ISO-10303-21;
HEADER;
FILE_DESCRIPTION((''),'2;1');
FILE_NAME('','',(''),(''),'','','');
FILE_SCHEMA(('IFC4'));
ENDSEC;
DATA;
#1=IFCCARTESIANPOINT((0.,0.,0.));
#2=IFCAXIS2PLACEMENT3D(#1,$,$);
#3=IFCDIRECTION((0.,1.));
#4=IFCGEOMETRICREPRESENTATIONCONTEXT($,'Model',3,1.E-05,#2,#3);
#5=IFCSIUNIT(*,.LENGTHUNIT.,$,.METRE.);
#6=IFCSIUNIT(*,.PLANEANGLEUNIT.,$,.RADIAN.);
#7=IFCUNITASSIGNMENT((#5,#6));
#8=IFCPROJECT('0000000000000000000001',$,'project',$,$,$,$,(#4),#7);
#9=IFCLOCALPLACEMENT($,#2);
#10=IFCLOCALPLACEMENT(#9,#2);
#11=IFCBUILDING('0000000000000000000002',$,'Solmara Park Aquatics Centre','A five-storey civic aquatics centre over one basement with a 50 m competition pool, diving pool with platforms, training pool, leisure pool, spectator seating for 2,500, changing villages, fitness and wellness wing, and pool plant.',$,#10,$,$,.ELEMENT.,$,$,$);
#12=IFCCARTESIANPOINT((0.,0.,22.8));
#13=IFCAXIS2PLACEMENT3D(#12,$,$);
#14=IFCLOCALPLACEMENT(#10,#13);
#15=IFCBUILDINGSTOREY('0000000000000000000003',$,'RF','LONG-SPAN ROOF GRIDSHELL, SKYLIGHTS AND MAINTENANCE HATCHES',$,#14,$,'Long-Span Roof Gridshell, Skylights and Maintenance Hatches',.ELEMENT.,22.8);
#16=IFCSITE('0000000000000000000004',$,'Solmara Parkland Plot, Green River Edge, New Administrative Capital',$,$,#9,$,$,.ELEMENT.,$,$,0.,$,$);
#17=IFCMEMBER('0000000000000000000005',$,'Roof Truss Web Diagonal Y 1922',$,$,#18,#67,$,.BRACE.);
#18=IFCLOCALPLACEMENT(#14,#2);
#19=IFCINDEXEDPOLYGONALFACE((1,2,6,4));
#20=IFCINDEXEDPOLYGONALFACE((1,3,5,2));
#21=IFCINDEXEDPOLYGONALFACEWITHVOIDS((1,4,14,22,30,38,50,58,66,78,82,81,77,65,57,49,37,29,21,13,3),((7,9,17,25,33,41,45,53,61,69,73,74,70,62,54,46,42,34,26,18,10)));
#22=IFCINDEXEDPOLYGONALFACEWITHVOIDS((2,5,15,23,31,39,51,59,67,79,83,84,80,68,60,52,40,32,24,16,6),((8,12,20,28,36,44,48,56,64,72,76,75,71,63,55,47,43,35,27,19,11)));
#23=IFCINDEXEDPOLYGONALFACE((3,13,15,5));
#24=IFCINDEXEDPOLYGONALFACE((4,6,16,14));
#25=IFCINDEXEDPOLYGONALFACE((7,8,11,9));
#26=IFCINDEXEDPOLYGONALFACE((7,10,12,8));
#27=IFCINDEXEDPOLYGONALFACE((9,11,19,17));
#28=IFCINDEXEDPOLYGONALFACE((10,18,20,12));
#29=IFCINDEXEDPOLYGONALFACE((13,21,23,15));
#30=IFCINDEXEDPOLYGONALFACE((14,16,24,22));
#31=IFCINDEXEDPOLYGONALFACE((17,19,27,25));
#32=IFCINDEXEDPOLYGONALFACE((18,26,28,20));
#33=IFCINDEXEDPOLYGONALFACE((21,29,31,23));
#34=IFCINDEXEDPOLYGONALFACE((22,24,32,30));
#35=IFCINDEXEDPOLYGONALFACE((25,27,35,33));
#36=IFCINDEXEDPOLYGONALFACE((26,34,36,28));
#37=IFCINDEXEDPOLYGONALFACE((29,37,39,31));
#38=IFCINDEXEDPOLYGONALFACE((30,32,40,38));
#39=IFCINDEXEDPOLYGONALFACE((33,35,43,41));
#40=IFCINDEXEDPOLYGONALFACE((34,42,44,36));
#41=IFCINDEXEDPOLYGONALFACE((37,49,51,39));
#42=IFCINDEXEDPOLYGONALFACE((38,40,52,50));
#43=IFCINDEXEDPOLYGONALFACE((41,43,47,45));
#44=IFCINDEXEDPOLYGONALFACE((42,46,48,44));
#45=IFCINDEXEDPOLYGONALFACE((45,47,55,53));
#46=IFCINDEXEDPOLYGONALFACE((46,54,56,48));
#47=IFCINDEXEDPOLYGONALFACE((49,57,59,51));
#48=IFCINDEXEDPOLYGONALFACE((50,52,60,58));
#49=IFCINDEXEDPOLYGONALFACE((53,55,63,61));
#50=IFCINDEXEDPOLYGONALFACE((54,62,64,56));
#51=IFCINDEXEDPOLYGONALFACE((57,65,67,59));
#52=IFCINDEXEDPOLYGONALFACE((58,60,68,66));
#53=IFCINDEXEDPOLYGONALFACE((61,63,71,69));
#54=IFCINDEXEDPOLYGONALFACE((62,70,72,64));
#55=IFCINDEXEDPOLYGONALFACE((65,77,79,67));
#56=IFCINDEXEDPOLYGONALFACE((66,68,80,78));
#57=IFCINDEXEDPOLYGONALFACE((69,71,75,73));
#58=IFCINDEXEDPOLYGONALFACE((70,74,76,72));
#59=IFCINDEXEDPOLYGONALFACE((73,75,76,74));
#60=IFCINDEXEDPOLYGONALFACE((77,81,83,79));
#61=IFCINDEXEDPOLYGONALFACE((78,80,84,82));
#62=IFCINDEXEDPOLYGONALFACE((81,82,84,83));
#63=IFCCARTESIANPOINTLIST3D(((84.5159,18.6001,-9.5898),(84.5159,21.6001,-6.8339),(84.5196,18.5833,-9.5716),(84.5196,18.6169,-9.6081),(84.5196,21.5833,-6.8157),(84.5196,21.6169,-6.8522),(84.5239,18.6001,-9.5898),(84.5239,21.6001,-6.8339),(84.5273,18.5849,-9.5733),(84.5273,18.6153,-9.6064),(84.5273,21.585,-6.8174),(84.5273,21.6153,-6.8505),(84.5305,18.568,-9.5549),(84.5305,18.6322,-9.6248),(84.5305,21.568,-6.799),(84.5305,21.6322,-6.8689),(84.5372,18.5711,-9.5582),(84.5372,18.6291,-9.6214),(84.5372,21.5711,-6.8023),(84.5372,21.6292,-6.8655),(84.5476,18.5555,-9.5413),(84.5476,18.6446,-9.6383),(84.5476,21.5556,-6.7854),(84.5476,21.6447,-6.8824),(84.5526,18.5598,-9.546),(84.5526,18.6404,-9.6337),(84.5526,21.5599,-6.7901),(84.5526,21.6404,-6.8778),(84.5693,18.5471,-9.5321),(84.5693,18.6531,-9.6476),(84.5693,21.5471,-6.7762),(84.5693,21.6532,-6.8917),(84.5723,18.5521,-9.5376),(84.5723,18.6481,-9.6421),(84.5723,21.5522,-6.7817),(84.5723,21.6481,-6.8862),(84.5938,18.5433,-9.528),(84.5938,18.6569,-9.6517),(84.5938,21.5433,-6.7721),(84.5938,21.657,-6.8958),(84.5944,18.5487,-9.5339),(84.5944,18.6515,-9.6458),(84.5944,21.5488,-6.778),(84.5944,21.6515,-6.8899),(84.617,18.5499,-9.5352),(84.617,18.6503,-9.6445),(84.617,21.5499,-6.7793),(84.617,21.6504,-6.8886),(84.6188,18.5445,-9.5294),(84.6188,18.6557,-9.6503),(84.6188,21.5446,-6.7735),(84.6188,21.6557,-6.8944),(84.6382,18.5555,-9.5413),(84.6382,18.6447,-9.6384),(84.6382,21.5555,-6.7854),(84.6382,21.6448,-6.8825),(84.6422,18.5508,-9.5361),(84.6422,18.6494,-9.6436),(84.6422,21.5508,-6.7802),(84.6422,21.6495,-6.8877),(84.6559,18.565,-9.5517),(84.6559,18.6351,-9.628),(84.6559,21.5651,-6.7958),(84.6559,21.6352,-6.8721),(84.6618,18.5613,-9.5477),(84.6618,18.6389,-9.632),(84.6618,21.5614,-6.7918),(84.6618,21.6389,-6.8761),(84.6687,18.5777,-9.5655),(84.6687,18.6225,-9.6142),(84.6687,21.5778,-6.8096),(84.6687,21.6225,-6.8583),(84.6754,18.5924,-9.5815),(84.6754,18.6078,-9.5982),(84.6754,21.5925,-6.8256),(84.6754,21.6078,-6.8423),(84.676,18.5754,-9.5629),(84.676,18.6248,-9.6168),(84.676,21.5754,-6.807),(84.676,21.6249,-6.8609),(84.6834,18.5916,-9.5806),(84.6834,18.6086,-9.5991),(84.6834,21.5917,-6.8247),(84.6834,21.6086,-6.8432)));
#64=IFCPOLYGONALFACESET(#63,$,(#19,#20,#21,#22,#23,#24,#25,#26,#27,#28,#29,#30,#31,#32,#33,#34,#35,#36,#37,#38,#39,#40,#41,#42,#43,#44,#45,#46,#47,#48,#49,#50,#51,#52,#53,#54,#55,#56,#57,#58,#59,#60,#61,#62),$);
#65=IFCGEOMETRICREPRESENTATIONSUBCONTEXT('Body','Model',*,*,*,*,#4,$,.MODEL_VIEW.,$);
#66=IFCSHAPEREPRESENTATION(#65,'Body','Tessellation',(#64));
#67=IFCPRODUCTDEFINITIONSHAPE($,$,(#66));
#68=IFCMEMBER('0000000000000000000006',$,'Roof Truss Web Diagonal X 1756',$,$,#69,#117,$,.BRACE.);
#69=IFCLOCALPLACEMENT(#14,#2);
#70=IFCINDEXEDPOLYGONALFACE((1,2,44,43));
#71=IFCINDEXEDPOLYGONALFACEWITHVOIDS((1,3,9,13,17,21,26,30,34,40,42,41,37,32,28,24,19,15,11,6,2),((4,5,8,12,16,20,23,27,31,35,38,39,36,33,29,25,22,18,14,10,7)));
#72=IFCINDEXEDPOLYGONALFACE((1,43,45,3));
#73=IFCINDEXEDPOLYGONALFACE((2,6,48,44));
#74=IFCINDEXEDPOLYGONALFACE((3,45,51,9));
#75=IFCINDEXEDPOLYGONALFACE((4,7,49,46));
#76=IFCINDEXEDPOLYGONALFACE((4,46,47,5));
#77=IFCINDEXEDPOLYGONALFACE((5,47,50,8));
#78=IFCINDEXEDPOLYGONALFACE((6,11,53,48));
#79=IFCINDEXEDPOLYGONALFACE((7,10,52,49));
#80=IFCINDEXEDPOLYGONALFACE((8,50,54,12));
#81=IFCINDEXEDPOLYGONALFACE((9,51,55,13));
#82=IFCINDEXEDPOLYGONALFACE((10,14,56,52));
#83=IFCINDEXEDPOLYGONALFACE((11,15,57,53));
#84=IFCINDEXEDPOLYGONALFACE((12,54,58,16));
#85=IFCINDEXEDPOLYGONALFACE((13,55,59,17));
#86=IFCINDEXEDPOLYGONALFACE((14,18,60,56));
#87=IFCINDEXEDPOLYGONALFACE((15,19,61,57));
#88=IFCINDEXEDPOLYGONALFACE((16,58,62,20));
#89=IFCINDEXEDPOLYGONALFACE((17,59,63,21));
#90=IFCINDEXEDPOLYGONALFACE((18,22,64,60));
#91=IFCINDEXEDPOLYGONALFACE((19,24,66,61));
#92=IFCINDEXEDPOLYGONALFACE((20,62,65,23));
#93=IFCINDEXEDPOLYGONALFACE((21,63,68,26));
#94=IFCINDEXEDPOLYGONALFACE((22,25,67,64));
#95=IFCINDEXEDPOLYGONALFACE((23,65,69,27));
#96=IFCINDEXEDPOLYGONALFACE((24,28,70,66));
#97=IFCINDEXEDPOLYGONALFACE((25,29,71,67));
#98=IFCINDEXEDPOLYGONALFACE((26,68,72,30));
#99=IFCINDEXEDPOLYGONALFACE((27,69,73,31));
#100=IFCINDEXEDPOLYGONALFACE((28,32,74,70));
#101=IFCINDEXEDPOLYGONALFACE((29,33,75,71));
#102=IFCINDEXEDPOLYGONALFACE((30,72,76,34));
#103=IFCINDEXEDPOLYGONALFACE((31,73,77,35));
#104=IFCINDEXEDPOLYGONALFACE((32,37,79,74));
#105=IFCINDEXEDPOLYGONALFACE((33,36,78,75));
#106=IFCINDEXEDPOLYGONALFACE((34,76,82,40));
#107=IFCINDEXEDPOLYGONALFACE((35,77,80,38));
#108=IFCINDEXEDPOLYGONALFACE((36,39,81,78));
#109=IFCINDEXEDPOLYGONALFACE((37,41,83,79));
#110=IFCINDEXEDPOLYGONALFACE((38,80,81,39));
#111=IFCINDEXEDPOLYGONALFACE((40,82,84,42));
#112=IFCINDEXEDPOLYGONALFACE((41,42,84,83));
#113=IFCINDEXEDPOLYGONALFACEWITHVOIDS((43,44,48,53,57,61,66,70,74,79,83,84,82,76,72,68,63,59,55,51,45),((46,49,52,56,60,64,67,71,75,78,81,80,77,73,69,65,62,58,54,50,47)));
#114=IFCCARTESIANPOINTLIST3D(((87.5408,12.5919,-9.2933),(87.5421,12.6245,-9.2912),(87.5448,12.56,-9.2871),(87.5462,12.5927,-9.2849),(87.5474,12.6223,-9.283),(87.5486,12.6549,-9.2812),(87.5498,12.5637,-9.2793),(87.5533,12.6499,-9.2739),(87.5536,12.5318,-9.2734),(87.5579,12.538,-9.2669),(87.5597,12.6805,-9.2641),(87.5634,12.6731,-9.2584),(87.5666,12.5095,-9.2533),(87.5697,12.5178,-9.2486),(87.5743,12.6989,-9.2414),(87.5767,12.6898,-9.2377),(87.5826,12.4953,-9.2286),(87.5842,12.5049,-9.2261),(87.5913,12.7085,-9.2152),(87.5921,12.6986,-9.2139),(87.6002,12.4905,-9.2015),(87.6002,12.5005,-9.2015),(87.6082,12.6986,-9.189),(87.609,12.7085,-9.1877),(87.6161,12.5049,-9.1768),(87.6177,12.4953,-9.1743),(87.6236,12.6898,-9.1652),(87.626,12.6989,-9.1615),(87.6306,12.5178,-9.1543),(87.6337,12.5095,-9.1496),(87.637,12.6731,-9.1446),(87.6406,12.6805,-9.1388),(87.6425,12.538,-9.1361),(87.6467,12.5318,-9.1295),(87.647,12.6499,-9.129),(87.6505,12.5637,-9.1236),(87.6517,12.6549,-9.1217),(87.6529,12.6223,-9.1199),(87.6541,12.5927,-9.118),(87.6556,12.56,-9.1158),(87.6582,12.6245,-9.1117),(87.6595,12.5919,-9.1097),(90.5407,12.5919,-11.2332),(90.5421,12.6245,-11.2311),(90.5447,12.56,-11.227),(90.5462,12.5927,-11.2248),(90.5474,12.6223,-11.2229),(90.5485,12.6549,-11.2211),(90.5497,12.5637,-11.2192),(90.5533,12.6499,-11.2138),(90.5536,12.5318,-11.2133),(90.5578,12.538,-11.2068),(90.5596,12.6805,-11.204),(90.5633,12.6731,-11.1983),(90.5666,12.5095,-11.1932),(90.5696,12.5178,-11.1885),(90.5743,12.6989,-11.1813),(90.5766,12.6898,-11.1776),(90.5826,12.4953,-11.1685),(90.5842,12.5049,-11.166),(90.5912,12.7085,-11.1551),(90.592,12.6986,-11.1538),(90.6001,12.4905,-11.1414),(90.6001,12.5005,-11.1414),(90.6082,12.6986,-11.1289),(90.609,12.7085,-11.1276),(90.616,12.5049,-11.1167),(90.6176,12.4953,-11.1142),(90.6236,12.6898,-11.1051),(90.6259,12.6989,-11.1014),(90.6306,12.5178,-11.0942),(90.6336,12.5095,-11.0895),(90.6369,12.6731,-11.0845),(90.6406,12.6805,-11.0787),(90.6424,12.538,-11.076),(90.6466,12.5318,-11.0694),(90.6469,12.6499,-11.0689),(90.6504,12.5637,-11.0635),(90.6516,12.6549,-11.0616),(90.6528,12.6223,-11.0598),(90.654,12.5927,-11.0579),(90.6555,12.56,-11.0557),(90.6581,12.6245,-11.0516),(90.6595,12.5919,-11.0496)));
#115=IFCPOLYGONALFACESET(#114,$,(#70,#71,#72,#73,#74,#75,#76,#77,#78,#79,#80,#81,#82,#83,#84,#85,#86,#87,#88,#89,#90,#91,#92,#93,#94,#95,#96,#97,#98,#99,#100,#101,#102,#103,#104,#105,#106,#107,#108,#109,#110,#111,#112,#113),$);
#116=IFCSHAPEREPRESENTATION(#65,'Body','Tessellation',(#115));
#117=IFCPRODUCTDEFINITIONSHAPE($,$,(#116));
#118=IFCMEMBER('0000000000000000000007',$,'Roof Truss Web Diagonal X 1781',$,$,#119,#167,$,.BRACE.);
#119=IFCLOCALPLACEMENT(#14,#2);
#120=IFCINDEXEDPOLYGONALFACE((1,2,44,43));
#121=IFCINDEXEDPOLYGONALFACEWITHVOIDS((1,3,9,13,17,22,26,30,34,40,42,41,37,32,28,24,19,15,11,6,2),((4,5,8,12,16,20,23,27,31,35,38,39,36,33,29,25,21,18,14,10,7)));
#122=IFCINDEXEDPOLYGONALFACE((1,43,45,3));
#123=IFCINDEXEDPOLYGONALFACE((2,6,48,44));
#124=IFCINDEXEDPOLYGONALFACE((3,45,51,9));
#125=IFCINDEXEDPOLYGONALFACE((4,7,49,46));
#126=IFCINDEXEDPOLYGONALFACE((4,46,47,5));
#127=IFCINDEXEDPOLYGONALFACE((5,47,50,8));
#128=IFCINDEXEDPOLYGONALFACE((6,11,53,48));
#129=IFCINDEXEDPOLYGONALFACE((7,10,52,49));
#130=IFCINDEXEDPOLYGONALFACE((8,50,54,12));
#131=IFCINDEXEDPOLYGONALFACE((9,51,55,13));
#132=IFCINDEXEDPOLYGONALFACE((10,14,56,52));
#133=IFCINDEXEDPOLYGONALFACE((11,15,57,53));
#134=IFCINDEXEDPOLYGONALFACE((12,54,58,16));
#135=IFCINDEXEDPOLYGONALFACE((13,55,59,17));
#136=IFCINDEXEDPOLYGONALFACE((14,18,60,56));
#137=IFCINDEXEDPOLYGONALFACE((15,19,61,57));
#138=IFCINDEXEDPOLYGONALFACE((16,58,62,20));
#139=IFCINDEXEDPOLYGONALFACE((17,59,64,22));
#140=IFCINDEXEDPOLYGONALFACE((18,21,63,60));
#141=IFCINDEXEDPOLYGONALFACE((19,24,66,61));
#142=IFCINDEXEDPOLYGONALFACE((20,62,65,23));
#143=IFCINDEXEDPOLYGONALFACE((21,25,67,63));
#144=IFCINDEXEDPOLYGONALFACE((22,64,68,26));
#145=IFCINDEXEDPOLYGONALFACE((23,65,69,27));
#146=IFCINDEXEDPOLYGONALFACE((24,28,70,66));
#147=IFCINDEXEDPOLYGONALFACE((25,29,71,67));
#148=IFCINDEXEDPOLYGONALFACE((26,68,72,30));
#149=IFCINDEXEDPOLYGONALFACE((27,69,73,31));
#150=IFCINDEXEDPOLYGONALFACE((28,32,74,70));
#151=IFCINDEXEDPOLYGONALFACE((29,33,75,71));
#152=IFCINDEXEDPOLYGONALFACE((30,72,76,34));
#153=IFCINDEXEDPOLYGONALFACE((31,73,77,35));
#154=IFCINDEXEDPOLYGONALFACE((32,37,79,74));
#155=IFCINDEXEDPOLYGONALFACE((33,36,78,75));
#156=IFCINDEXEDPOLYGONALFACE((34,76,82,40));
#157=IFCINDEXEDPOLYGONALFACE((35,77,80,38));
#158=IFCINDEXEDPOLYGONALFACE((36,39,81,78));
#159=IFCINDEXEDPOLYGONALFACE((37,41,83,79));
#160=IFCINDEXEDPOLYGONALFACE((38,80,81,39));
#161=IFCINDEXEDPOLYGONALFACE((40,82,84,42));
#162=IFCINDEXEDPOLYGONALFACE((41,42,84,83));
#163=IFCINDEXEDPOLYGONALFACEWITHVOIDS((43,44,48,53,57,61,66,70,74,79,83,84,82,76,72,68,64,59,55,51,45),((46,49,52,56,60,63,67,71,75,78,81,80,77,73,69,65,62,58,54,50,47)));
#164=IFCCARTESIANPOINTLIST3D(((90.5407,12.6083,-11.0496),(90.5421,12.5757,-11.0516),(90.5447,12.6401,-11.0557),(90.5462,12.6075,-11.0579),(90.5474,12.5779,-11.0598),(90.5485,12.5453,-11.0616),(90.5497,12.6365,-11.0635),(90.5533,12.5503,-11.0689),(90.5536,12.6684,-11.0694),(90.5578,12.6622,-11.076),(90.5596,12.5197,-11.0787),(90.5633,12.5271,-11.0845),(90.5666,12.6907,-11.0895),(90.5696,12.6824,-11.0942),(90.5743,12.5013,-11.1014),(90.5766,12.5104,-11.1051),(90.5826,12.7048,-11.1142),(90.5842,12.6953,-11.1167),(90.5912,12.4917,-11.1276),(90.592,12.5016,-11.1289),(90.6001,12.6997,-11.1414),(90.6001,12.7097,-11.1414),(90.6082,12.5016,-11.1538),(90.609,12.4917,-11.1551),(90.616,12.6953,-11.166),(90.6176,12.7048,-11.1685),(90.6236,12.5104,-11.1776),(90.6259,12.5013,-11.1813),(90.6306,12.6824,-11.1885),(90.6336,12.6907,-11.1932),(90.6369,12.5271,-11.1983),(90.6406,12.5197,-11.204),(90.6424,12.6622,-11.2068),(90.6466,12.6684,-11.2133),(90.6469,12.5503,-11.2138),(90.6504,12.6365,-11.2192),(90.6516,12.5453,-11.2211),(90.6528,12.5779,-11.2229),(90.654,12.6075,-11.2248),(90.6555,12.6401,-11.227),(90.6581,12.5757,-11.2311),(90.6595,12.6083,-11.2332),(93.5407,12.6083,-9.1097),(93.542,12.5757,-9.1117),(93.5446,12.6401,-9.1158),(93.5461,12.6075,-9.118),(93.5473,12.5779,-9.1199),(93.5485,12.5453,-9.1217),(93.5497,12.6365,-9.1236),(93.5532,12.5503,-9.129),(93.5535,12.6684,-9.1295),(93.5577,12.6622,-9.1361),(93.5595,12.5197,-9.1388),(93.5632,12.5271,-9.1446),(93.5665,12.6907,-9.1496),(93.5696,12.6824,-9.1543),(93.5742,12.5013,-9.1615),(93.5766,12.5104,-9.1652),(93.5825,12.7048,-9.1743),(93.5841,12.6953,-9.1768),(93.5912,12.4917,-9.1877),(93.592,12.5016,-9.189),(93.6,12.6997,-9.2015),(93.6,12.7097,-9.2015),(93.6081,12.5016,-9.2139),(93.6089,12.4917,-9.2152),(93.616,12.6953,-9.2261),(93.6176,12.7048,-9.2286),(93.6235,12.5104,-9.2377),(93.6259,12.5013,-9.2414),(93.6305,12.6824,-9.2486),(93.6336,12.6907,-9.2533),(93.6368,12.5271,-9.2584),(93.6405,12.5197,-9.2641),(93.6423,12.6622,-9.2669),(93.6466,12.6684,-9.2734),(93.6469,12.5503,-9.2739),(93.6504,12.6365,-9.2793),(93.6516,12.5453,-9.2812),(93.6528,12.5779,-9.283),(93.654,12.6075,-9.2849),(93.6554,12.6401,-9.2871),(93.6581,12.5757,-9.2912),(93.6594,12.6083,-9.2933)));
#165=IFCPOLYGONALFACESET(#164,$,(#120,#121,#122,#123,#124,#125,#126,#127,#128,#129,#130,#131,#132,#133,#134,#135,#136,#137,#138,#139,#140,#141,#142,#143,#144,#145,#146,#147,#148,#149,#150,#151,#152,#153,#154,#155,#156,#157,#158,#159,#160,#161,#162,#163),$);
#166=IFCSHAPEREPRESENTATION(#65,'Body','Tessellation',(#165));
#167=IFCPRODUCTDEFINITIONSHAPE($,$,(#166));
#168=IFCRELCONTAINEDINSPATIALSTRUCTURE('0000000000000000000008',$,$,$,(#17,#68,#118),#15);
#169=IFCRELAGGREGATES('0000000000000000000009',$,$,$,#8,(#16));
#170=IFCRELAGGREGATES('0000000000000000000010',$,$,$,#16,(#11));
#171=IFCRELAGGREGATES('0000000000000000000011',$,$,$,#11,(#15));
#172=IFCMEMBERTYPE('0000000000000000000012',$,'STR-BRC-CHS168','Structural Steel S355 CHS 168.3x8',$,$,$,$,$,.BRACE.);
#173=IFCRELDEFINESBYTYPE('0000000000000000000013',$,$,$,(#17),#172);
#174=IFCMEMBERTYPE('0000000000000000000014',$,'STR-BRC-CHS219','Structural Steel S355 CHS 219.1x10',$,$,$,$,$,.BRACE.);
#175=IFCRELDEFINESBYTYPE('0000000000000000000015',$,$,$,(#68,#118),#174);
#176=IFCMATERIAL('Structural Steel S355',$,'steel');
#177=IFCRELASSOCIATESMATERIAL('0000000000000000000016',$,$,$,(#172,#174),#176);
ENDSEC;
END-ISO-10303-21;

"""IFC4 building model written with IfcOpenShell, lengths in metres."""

from ifc_helpers import new_model, si_unit, direction, frame, origin, origin_2d, place, context, subcontext, project, spatial, hollow_circle, extrude, material, material_profile, profile_set, type_object, element, save


model = new_model("IFC4")

# Units and contexts
model_context = context("Model", 3, precision=1e-05, world=origin(), true_north=direction((0.0, 1.0)))
body_context = subcontext(model_context, "Body", "Model", "MODEL_VIEW")
ifc_project = project(units=[si_unit("LENGTHUNIT", "METRE"), si_unit("PLANEANGLEUNIT", "RADIAN")], contexts=[model_context])

# Site, building, storey
site_placement = place(None, origin())
site = spatial("IfcSite", under=ifc_project, at=site_placement, Name="Solmara Parkland Plot, Green River Edge, New Administrative Capital", CompositionType="ELEMENT", RefElevation=0.0)
building_placement = place(site_placement, origin())
building = spatial("IfcBuilding", under=site, at=building_placement, Name="Solmara Park Aquatics Centre", Description="A five-storey civic aquatics centre over one basement with a 50 m competition pool, diving pool with platforms, training pool, leisure pool, spectator seating for 2,500, changing villages, fitness and wellness wing, and pool plant.", CompositionType="ELEMENT")
storey_placement = place(building_placement, frame((0.0, 0.0, 22.8)))
storey = spatial("IfcBuildingStorey", under=building, at=storey_placement, Name="RF", Description="LONG-SPAN ROOF GRIDSHELL, SKYLIGHTS AND MAINTENANCE HATCHES", LongName="Long-Span Roof Gridshell, Skylights and Maintenance Hatches", CompositionType="ELEMENT", Elevation=22.8)

# Members
ifc_material_1 = material(Name="Structural Steel S355", Category="steel")
ifc_material_profile_1 = material_profile(ifc_material_1, hollow_circle(Radius=0.0842, WallThickness=0.0081, at=origin_2d()), Name="CHS 168.3x8")
ifc_profile_set_1 = profile_set([ifc_material_profile_1], Name="Structural Steel S355")
member_type_1 = type_object("IfcMemberType", Name="STR-BRC-CHS168", Description="Structural Steel S355 CHS 168.3x8", PredefinedType="BRACE", material=ifc_profile_set_1)
member_1_placement = place(storey_placement, frame((84.6001, 18.6001, -9.5898), z_axis=(0.0, 0.736437, 0.676506), x_axis=(-1.0, 0.0, 0.0)))
element("IfcMember", 1, at=member_1_placement, inside=storey, type_object=member_type_1, Name="Roof Truss Web Diagonal Y 1922", PredefinedType="BRACE", context=body_context, shape_type="SweptSolid", body=[
    extrude(hollow_circle(Radius=0.0842, WallThickness=0.0081, at=origin_2d()), origin(), (0.0, 0.0, 1.0), 4.0737),
])
ifc_material_profile_2 = material_profile(ifc_material_1, hollow_circle(Radius=0.1096, WallThickness=0.01, at=origin_2d()), Name="CHS 219.1x10")
ifc_profile_set_2 = profile_set([ifc_material_profile_2], Name="Structural Steel S355")
member_type_2 = type_object("IfcMemberType", Name="STR-BRC-CHS219", Description="Structural Steel S355 CHS 219.1x10", PredefinedType="BRACE", material=ifc_profile_set_2)
for number, where, z_axis, x_axis, name in (
    (2, (90.6001, 12.6001, -11.1414), (-0.839728, 0.0, 0.543008), (0.0, -1.0, 0.0), "Roof Truss Web Diagonal X 1756"),
    (3, (90.6001, 12.6001, -11.1414), (0.839728, 0.0, 0.543008), (0.0, 1.0, 0.0), "Roof Truss Web Diagonal X 1781"),
):
    element("IfcMember", number, at=place(storey_placement, frame(where, z_axis=z_axis, x_axis=x_axis)), inside=storey, type_object=member_type_2, Name=name, PredefinedType="BRACE", context=body_context, shape_type="SweptSolid", body=[
        extrude(hollow_circle(Radius=0.1096, WallThickness=0.01, at=origin_2d()), origin(), (0.0, 0.0, 1.0), 3.5725),
    ])

save(model, "model.ifc")
